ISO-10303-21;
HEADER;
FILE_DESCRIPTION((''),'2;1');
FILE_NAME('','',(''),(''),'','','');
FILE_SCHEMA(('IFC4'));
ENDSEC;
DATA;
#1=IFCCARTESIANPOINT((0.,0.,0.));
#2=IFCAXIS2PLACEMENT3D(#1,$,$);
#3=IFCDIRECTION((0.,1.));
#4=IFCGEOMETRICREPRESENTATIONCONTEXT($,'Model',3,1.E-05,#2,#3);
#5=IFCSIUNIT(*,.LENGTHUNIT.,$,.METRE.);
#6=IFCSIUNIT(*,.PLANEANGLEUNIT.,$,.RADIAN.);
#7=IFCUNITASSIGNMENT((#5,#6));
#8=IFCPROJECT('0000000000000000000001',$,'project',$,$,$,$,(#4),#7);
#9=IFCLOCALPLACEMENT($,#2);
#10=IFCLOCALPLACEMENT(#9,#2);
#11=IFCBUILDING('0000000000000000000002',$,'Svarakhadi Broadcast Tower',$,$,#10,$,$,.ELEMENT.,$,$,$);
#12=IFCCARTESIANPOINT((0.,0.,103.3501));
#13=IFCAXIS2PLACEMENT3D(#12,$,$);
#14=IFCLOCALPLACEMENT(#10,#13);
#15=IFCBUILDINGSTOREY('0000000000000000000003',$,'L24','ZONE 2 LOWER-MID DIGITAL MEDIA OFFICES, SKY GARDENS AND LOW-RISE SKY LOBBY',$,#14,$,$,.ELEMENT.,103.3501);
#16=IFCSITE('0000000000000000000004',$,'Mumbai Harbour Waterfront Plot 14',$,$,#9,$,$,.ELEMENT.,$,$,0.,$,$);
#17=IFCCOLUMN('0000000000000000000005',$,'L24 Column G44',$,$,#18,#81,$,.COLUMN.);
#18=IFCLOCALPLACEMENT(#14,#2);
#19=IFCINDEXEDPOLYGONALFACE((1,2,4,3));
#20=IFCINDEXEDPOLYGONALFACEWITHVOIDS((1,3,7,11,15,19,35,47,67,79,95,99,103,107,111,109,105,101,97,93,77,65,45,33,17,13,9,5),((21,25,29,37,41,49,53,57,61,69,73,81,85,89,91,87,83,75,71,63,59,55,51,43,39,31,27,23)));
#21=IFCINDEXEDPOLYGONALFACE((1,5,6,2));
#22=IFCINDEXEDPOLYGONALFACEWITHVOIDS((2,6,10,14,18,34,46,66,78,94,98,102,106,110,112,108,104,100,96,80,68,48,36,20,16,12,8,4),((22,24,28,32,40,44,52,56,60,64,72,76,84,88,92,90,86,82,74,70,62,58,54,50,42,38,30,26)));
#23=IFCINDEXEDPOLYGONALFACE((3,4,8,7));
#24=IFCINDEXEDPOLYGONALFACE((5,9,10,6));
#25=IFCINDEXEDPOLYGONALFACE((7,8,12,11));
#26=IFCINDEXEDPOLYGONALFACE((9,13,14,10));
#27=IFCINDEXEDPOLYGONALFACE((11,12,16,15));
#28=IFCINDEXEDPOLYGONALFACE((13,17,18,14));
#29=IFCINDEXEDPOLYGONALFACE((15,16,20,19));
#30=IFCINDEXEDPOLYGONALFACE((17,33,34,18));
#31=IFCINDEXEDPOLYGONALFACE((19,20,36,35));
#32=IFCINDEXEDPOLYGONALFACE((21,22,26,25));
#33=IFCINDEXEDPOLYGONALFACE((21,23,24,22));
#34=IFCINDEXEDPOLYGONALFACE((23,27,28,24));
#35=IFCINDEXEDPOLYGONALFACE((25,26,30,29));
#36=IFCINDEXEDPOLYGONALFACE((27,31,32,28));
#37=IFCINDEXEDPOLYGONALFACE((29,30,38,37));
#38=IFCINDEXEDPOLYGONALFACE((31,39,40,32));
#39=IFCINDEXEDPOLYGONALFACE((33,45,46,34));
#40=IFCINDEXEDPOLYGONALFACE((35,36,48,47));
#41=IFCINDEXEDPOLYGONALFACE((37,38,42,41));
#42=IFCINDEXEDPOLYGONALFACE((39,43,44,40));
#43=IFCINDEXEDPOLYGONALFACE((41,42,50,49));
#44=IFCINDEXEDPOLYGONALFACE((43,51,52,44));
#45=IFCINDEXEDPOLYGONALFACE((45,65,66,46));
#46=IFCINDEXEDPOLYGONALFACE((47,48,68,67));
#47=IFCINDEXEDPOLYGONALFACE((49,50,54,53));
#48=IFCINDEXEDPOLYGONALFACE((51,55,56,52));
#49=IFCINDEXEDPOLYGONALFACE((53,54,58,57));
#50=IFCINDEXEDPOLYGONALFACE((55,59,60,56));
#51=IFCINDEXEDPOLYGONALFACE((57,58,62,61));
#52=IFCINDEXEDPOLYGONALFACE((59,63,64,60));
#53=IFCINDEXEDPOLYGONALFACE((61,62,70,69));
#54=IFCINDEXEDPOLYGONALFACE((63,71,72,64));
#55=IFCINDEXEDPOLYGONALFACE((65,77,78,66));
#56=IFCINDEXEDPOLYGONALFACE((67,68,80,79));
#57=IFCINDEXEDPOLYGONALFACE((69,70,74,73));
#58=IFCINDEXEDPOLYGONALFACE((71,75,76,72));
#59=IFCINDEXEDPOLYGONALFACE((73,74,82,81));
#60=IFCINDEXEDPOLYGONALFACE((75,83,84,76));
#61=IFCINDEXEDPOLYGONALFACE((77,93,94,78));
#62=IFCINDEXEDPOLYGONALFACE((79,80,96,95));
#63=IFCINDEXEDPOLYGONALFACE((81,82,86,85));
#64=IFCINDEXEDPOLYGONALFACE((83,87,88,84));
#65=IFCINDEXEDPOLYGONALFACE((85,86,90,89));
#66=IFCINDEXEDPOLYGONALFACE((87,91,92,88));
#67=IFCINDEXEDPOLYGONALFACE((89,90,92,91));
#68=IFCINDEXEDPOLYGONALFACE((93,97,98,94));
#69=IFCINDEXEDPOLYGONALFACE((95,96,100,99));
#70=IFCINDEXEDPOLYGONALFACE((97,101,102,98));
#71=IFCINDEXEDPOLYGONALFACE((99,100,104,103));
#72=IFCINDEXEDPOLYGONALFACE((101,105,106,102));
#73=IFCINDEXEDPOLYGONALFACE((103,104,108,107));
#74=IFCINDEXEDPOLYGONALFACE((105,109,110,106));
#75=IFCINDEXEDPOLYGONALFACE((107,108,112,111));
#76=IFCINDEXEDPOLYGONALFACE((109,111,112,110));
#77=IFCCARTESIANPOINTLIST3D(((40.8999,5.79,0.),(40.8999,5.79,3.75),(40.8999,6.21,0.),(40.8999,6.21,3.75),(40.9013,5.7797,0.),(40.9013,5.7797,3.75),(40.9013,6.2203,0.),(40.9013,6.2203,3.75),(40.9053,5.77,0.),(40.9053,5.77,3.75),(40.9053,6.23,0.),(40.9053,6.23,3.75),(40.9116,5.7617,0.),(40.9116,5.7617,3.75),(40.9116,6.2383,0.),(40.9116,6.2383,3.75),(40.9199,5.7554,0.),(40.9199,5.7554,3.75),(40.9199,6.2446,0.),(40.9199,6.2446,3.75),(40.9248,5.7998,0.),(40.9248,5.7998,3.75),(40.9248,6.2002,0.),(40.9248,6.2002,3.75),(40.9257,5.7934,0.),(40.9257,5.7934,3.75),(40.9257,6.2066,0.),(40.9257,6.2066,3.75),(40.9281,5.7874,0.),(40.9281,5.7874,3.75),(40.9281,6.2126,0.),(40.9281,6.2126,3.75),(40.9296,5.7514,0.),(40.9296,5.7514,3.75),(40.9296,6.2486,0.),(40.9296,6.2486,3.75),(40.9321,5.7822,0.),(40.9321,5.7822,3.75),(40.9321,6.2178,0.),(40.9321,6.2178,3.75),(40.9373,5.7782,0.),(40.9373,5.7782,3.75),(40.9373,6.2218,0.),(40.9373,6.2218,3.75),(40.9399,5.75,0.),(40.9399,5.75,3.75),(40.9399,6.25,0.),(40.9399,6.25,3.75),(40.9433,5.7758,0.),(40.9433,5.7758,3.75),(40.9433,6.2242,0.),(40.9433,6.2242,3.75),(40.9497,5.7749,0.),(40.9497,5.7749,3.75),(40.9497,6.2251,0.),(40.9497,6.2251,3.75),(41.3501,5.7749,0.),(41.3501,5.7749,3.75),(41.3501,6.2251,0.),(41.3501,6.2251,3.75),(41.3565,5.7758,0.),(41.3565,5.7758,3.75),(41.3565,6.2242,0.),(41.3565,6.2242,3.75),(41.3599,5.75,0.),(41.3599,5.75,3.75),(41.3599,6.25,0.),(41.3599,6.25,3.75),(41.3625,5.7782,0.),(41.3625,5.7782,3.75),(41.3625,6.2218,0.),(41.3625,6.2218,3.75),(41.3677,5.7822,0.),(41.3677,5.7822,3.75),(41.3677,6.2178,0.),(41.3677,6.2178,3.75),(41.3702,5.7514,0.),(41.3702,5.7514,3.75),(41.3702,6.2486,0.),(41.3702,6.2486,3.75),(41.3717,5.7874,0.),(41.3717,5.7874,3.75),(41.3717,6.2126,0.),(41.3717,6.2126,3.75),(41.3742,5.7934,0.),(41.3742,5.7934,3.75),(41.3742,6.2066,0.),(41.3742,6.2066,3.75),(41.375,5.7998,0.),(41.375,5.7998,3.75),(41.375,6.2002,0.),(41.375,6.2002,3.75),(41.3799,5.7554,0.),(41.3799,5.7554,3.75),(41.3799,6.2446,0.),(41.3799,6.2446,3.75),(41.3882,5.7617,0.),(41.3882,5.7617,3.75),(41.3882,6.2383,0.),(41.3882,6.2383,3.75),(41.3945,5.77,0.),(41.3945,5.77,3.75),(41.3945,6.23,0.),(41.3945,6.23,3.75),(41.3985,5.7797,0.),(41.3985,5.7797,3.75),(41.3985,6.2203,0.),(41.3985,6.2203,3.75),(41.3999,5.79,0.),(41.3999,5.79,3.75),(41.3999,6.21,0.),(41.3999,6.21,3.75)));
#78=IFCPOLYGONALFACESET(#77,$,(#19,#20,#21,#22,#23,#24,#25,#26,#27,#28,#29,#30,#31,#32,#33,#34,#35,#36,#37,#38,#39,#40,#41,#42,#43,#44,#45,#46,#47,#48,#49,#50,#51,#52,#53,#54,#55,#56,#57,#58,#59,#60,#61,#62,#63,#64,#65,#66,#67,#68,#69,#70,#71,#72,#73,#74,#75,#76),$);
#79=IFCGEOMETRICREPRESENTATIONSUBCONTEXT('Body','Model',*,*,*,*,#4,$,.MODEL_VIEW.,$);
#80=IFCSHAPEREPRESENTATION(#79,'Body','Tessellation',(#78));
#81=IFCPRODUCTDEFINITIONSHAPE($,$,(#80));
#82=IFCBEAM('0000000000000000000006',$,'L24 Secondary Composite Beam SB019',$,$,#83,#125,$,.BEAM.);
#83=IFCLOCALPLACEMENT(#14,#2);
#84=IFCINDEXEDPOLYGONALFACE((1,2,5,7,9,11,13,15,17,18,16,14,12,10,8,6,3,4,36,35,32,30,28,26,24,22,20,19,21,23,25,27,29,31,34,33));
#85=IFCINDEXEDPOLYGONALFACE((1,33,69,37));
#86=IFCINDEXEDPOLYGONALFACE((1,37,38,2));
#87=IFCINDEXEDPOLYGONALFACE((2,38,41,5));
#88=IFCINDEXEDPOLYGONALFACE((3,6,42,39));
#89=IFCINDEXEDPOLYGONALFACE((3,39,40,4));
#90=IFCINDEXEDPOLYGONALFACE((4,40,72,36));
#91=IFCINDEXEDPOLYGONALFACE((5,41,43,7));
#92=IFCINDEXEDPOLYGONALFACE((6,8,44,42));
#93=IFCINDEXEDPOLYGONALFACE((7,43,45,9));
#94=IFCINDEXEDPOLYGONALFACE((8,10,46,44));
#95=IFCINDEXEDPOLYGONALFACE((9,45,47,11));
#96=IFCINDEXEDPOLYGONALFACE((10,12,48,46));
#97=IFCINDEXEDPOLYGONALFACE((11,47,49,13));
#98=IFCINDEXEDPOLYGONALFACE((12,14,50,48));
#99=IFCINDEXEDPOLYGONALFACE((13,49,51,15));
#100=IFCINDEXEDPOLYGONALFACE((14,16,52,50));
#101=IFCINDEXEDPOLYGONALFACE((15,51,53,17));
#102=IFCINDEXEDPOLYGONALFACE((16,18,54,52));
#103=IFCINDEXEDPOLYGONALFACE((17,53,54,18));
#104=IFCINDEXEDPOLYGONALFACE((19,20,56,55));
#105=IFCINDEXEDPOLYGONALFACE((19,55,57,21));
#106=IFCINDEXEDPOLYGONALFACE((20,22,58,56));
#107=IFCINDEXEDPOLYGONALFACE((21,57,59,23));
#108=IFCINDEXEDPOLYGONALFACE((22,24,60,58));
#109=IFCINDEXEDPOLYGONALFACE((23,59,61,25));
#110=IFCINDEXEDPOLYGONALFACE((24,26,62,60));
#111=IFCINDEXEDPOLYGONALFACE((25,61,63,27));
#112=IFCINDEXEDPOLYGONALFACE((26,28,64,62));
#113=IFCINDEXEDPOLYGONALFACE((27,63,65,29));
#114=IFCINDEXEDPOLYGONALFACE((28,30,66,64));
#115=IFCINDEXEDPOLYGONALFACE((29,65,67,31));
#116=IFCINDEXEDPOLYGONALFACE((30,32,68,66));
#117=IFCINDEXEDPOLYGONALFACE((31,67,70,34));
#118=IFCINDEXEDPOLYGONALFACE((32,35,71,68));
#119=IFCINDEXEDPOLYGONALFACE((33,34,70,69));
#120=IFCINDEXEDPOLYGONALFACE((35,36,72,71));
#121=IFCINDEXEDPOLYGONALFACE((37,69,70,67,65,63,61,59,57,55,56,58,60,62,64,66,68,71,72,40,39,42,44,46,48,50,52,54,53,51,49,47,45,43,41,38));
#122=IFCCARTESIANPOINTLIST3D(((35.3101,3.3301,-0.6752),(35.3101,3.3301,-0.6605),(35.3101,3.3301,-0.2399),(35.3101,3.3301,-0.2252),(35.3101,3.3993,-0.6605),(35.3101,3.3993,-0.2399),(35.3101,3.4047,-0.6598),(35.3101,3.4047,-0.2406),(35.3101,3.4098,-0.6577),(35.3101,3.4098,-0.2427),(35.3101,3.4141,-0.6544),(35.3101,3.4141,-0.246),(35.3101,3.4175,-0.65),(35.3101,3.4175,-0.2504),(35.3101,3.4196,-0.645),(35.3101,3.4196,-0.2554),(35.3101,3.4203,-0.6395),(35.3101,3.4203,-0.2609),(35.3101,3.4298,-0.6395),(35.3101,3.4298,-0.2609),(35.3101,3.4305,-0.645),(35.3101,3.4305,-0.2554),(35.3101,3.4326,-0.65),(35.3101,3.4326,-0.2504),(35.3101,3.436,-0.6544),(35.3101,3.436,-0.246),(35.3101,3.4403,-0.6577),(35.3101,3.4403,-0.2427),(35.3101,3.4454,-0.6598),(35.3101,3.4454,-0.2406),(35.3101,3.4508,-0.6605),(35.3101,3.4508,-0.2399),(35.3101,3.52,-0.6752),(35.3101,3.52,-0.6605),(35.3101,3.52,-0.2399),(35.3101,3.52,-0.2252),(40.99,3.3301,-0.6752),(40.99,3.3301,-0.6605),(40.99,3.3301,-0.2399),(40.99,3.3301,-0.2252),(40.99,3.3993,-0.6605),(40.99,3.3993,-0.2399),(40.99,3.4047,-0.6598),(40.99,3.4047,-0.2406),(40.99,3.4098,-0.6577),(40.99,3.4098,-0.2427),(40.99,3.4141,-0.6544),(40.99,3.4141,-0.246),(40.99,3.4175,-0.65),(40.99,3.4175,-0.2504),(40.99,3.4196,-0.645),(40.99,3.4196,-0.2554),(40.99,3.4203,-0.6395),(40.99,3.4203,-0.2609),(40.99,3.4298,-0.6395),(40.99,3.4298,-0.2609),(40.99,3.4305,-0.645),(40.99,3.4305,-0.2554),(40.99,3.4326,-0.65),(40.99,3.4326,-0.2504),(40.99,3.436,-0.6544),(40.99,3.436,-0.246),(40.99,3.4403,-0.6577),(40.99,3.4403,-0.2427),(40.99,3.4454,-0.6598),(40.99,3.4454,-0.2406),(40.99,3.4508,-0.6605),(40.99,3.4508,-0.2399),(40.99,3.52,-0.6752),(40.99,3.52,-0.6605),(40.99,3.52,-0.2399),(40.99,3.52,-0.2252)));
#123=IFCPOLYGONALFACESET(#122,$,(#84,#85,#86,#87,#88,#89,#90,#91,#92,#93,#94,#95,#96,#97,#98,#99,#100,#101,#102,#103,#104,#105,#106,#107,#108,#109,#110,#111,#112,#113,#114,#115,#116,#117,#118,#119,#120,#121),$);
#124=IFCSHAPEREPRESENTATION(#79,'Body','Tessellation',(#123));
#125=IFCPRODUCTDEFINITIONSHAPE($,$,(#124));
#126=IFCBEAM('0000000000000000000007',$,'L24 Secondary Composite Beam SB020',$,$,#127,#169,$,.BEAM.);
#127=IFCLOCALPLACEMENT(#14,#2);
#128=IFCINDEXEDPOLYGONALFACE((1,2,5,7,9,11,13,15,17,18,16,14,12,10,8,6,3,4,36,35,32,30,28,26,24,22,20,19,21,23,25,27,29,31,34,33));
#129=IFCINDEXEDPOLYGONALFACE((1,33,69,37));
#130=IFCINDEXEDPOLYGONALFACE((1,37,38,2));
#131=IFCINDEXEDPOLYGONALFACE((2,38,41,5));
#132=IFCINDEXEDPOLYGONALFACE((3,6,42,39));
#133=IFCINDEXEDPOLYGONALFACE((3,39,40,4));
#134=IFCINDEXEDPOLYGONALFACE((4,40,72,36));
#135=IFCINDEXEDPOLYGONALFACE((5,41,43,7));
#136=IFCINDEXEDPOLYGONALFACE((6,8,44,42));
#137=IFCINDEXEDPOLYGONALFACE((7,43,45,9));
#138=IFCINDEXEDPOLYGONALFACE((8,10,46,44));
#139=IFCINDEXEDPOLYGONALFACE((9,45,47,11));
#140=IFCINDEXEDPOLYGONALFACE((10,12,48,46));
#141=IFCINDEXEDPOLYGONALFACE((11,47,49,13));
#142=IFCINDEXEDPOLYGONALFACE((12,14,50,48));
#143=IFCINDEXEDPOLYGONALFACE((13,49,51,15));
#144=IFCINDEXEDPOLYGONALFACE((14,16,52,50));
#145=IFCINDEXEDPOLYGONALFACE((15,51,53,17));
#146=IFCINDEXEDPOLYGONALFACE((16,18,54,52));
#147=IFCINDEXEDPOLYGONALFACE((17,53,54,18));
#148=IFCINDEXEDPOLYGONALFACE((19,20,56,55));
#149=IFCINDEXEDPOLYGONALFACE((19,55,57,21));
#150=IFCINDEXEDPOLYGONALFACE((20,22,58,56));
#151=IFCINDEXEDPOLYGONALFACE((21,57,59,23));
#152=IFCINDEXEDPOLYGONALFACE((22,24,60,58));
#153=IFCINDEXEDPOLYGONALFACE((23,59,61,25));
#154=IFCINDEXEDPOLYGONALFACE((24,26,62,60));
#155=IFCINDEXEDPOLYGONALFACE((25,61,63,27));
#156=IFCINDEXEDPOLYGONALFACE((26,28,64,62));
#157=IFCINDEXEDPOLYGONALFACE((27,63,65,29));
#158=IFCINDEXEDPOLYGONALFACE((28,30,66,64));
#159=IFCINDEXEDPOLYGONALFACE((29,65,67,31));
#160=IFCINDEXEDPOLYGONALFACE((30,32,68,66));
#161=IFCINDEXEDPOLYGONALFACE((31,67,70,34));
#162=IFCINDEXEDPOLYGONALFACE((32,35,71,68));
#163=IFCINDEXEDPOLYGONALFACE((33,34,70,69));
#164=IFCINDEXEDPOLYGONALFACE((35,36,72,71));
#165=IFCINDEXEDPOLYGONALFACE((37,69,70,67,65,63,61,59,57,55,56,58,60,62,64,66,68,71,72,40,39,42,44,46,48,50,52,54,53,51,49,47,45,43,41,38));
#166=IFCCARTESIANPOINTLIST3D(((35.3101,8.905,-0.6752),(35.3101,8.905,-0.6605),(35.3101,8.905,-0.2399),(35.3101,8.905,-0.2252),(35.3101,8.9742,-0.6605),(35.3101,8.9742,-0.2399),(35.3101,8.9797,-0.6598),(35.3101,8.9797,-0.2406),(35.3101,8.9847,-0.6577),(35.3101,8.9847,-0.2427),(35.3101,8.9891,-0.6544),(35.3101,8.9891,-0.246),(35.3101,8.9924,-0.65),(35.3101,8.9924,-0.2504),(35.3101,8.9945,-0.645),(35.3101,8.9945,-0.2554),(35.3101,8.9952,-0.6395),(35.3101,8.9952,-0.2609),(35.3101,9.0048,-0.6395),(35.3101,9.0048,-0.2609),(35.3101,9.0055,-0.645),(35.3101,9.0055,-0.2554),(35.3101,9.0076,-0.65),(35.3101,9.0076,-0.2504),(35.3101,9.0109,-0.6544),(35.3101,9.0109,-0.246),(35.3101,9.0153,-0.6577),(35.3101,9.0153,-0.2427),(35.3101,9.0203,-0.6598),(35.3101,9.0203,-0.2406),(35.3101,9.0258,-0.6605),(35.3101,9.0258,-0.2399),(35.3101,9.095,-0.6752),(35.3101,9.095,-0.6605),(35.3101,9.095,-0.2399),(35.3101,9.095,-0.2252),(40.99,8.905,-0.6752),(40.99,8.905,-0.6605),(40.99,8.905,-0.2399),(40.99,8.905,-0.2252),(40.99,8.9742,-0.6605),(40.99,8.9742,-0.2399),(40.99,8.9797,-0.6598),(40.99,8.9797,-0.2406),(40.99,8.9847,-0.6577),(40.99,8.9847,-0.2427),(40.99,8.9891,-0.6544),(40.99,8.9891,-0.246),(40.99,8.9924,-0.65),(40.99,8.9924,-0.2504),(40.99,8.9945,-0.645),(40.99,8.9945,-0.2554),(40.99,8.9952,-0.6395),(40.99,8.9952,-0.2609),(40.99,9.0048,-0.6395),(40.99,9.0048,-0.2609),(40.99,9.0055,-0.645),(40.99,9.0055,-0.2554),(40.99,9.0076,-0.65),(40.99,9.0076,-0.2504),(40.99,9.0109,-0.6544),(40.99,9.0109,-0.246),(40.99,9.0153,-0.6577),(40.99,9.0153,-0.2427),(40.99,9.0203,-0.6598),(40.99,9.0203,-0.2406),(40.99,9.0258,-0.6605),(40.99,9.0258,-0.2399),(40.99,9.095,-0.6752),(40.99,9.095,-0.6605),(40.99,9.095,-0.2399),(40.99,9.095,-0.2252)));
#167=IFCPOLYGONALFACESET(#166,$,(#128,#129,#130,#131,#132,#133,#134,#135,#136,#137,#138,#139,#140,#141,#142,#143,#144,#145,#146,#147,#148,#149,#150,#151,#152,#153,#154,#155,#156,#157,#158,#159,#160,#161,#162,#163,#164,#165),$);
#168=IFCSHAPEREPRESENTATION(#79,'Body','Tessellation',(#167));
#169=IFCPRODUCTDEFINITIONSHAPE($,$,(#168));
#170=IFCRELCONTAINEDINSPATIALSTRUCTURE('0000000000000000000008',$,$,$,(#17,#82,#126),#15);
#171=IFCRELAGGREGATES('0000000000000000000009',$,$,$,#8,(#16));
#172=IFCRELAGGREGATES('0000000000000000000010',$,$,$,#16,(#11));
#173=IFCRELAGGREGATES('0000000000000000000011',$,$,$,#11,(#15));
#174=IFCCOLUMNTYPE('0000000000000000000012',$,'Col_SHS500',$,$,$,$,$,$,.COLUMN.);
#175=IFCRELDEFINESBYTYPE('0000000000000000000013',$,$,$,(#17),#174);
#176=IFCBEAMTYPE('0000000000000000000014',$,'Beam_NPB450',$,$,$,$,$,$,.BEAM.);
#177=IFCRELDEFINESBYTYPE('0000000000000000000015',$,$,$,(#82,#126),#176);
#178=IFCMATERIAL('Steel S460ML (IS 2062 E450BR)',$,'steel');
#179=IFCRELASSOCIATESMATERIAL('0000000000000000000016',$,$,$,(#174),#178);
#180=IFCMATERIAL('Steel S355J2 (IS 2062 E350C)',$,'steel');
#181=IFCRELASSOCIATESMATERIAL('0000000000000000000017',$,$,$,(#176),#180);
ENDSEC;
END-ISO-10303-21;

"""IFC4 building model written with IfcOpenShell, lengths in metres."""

from ifc_helpers import new_model, si_unit, direction, frame, origin, origin_2d, place, context, subcontext, project, spatial, hollow_rectangle, i_section, extrude, material, material_profile, profile_set, type_object, element, save


model = new_model("IFC4")

# Units and contexts
model_context = context("Model", 3, precision=1e-05, world=origin(), true_north=direction((0.0, 1.0)))
body_context = subcontext(model_context, "Body", "Model", "MODEL_VIEW")
ifc_project = project(units=[si_unit("LENGTHUNIT", "METRE"), si_unit("PLANEANGLEUNIT", "RADIAN")], contexts=[model_context])

# Site, building, storey
site_placement = place(None, origin())
site = spatial("IfcSite", under=ifc_project, at=site_placement, Name="Mumbai Harbour Waterfront Plot 14", CompositionType="ELEMENT", RefElevation=0.0)
building_placement = place(site_placement, origin())
building = spatial("IfcBuilding", under=site, at=building_placement, Name="Svarakhadi Broadcast Tower", CompositionType="ELEMENT")
storey_placement = place(building_placement, frame((0.0, 0.0, 103.3501)))
storey = spatial("IfcBuildingStorey", under=building, at=storey_placement, Name="L24", Description="ZONE 2 LOWER-MID DIGITAL MEDIA OFFICES, SKY GARDENS AND LOW-RISE SKY LOBBY", CompositionType="ELEMENT", Elevation=103.3501)

# Column
ifc_material_1 = material(Name="Steel S460ML (IS 2062 E450BR)", Category="steel")
ifc_material_profile_1 = material_profile(ifc_material_1, hollow_rectangle(XDim=0.5, YDim=0.5, WallThickness=0.0249, InnerFilletRadius=0.0249, OuterFilletRadius=0.04, at=origin_2d()), Name="SHS 500x500x25")
ifc_profile_set_1 = profile_set([ifc_material_profile_1], Name="Steel S460ML (IS 2062 E450BR)")
column_type_1 = type_object("IfcColumnType", Name="Col_SHS500", PredefinedType="COLUMN", material=ifc_profile_set_1)
for number, where, z_axis, x_axis, name in (
    (1, (41.1499, 6.0, 0.0), (0.0, 0.0, 1.0), (1.0, 0.0, 0.0), "L24 Column G44"),
):
    element("IfcColumn", number, at=place(storey_placement, frame(where, z_axis=z_axis, x_axis=x_axis)), inside=storey, type_object=column_type_1, Name=name, PredefinedType="COLUMN", context=body_context, shape_type="SweptSolid", body=[
        extrude(hollow_rectangle(XDim=0.5, YDim=0.5, WallThickness=0.0249, InnerFilletRadius=0.0249, OuterFilletRadius=0.04, at=origin_2d()), origin(), (0.0, 0.0, 1.0), 3.75),
    ])

# Beams
ifc_material_2 = material(Name="Steel S355J2 (IS 2062 E350C)", Category="steel")
ifc_material_profile_2 = material_profile(ifc_material_2, i_section(OverallWidth=0.1899, OverallDepth=0.45, WebThickness=0.0095, FlangeThickness=0.0146, FilletRadius=0.021, at=origin_2d()), Name="NPB 450x190x78")
ifc_profile_set_2 = profile_set([ifc_material_profile_2], Name="Steel S355J2 (IS 2062 E350C)")
beam_type_1 = type_object("IfcBeamType", Name="Beam_NPB450", PredefinedType="BEAM", material=ifc_profile_set_2)
for number, where, z_axis, x_axis, name in (
    (2, (35.3101, 3.425, -0.4502), (1.0, 0.0, 0.0), (0.0, 1.0, 0.0), "L24 Secondary Composite Beam SB019"),
    (3, (35.3101, 9.0, -0.4502), (1.0, 0.0, 0.0), (0.0, 1.0, 0.0), "L24 Secondary Composite Beam SB020"),
):
    element("IfcBeam", number, at=place(storey_placement, frame(where, z_axis=z_axis, x_axis=x_axis)), inside=storey, type_object=beam_type_1, Name=name, PredefinedType="BEAM", context=body_context, shape_type="SweptSolid", body=[
        extrude(i_section(OverallWidth=0.1899, OverallDepth=0.45, WebThickness=0.0095, FlangeThickness=0.0146, FilletRadius=0.021, at=origin_2d()), origin(), (0.0, 0.0, 1.0), 5.6799),
    ])

save(model, "model.ifc")
